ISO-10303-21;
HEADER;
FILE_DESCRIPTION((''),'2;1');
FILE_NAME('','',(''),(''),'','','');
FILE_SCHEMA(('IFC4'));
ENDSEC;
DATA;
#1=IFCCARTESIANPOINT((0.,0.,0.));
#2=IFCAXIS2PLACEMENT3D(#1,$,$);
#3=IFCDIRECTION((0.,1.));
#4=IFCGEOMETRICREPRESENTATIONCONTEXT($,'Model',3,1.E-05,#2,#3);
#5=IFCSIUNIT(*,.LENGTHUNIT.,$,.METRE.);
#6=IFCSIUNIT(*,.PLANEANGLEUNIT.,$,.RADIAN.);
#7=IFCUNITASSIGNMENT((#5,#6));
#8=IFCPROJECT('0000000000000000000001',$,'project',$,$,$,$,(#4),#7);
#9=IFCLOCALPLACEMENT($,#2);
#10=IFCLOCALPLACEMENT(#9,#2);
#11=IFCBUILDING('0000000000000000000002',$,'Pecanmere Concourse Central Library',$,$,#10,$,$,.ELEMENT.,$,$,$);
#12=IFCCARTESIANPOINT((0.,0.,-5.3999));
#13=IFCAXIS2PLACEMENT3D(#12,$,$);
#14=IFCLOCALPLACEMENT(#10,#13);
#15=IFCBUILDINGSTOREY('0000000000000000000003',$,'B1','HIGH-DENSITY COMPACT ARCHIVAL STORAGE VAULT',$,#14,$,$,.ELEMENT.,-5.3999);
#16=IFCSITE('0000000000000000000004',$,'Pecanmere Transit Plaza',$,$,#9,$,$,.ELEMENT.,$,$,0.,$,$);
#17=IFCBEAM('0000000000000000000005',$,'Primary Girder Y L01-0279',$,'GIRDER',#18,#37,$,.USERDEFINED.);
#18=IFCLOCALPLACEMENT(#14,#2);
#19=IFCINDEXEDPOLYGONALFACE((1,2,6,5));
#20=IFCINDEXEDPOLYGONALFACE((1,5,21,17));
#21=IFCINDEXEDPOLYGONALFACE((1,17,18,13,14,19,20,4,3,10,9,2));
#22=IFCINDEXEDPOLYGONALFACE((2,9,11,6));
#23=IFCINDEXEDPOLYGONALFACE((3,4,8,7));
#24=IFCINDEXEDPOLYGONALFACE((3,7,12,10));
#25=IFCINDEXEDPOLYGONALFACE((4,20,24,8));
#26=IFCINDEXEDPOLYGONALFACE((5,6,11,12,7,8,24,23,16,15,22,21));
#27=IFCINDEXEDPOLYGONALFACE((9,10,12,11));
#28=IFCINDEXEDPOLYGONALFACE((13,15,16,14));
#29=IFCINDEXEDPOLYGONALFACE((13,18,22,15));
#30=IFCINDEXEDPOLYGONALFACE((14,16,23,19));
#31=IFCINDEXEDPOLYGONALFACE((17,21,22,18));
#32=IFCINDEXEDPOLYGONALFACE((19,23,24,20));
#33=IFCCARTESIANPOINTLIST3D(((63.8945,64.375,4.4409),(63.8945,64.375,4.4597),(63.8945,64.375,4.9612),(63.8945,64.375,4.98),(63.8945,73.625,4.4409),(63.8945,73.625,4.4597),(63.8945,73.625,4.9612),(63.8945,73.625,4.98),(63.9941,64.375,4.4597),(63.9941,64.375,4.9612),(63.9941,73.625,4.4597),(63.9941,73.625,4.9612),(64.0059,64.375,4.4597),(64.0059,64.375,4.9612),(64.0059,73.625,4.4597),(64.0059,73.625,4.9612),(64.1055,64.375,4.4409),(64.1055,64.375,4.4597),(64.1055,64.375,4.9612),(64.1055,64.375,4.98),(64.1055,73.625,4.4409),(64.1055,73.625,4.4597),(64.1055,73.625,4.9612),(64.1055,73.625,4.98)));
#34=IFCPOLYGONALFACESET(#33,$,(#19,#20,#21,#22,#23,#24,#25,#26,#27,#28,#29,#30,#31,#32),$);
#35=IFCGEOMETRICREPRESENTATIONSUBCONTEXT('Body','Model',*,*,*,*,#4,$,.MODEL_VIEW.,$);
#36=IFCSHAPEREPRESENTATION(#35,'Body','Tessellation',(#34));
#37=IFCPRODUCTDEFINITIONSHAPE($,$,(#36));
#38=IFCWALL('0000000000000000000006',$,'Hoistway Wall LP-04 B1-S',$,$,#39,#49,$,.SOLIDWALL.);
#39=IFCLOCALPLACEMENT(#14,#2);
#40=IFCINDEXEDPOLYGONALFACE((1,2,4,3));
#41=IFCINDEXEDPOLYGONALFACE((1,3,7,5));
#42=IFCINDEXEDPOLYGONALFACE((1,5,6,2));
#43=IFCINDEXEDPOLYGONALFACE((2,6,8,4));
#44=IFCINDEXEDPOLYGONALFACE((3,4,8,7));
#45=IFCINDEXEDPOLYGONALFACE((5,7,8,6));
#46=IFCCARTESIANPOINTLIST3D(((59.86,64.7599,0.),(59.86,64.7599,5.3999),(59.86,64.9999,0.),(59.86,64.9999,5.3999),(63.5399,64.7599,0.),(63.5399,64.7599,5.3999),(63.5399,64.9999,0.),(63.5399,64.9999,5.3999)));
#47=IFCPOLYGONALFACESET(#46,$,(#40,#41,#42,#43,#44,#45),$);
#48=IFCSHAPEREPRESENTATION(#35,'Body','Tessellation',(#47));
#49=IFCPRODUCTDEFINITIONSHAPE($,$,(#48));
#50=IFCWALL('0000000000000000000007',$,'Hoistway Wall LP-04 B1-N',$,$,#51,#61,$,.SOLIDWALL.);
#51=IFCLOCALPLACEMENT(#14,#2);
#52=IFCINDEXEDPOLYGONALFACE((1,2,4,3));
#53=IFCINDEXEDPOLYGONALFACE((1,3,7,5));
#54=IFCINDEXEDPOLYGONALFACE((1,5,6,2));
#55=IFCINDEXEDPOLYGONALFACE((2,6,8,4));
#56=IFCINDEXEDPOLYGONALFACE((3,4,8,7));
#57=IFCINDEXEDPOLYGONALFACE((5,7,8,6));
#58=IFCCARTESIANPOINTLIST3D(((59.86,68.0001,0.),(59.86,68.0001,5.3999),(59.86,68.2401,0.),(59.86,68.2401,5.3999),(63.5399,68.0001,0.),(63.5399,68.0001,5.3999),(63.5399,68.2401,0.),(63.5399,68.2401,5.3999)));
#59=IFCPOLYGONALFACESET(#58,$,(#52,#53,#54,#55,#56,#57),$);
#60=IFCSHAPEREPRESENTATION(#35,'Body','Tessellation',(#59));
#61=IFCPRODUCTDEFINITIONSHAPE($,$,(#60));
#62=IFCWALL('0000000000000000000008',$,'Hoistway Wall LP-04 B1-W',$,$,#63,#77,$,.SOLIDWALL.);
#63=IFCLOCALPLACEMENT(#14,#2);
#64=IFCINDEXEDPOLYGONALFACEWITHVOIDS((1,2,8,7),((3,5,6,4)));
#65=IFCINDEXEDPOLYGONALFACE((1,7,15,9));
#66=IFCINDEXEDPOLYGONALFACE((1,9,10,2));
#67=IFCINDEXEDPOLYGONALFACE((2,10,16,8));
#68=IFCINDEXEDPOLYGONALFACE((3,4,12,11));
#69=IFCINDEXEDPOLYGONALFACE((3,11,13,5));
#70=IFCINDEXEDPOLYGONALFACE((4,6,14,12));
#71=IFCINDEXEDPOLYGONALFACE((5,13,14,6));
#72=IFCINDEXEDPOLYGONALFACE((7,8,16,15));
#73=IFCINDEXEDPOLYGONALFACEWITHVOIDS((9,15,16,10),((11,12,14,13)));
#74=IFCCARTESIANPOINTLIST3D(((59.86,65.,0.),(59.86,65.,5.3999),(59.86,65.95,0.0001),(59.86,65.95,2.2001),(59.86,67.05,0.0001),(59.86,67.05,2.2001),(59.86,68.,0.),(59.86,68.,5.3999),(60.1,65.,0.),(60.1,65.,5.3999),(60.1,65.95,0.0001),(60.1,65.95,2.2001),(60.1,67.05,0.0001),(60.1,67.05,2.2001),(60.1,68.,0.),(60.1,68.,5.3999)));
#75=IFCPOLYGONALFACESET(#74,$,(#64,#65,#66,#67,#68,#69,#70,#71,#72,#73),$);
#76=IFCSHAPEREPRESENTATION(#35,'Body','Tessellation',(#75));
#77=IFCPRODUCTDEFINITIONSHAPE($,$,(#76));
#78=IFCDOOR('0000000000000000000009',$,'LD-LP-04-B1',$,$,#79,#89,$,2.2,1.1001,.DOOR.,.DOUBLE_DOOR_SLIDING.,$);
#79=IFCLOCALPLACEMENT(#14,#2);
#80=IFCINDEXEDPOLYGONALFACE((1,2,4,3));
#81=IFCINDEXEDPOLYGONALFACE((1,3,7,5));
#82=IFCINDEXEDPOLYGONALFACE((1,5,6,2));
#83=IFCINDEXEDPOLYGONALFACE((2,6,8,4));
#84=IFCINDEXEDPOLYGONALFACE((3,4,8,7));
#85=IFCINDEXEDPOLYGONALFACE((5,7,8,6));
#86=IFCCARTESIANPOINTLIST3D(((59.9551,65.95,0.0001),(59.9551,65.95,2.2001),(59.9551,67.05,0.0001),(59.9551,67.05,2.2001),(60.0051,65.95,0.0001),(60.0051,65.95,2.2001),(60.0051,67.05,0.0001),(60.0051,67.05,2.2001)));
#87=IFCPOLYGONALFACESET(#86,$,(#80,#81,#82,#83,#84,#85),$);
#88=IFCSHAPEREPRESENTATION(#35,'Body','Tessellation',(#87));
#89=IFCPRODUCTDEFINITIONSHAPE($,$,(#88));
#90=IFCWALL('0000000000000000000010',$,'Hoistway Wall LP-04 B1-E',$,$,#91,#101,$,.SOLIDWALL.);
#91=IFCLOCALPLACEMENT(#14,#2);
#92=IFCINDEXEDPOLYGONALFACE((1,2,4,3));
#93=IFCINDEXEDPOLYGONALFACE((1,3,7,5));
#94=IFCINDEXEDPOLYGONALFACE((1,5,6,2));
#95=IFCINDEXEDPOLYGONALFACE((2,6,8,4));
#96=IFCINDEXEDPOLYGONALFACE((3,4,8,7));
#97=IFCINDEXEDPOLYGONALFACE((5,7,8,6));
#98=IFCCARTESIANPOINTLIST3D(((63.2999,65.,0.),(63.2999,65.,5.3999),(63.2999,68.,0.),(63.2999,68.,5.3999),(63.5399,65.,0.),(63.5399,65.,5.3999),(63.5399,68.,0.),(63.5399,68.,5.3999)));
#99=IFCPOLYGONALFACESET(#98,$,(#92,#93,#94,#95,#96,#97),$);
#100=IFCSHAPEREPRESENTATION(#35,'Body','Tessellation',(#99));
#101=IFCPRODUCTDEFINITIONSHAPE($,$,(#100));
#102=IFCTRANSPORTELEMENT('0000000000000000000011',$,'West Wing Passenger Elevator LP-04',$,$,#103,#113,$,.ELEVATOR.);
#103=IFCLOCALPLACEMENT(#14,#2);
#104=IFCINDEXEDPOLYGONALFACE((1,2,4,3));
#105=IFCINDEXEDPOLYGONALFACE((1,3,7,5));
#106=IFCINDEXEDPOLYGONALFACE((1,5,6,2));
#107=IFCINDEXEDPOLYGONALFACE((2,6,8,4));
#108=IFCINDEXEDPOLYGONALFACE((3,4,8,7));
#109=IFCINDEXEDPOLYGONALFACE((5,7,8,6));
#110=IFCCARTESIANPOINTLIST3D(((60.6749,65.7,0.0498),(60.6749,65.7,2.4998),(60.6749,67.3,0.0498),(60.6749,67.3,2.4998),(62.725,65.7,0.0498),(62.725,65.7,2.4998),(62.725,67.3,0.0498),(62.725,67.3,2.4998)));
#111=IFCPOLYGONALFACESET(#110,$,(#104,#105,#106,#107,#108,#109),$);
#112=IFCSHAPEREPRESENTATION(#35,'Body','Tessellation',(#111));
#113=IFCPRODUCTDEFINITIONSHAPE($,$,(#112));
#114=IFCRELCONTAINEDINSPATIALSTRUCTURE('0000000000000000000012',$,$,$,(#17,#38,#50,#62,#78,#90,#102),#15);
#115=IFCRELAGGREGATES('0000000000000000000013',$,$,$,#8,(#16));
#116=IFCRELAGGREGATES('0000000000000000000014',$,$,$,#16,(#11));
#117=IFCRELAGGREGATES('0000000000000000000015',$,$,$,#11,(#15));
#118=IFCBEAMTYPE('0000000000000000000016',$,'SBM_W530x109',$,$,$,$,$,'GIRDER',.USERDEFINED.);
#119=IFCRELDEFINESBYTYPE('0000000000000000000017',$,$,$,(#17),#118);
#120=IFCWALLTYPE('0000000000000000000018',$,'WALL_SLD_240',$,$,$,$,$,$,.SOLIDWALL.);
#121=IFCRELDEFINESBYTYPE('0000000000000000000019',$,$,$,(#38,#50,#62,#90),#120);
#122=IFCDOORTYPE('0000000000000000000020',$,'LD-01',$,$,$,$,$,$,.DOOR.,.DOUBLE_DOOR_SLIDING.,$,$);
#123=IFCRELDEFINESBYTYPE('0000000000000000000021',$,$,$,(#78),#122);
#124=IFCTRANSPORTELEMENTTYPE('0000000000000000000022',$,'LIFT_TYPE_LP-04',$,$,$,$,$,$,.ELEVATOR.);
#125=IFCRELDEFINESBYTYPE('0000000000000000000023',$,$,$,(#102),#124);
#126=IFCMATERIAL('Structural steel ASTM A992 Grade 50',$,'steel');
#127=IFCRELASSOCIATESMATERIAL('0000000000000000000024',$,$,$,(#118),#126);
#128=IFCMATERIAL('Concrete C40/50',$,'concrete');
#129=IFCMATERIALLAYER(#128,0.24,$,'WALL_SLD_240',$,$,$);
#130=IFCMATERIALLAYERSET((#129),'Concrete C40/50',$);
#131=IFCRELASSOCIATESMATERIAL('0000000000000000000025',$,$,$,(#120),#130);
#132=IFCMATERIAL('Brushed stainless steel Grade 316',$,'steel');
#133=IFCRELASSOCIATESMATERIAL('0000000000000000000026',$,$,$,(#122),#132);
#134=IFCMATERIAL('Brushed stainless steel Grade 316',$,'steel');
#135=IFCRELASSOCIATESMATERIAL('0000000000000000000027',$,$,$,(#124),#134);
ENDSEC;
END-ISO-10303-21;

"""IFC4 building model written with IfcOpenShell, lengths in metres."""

from ifc_helpers import new_model, si_unit, direction, frame, frame_2d, origin, origin_2d, place, context, subcontext, project, spatial, rectangle, i_section, extrude, material, layer, layer_set, material_profile, profile_set, type_object, element, fill, save


model = new_model("IFC4")

# Units and contexts
model_context = context("Model", 3, precision=1e-05, world=origin(), true_north=direction((0.0, 1.0)))
body_context = subcontext(model_context, "Body", "Model", "MODEL_VIEW")
ifc_project = project(units=[si_unit("LENGTHUNIT", "METRE"), si_unit("PLANEANGLEUNIT", "RADIAN")], contexts=[model_context])

# Site, building, storey
site_placement = place(None, origin())
site = spatial("IfcSite", under=ifc_project, at=site_placement, Name="Pecanmere Transit Plaza", CompositionType="ELEMENT", RefElevation=0.0)
building_placement = place(site_placement, origin())
building = spatial("IfcBuilding", under=site, at=building_placement, Name="Pecanmere Concourse Central Library", CompositionType="ELEMENT")
storey_placement = place(building_placement, frame((0.0, 0.0, -5.3999)))
storey = spatial("IfcBuildingStorey", under=building, at=storey_placement, Name="B1", Description="HIGH-DENSITY COMPACT ARCHIVAL STORAGE VAULT", CompositionType="ELEMENT", Elevation=-5.3999)

# Beam
ifc_material_1 = material(Name="Structural steel ASTM A992 Grade 50", Category="steel")
ifc_material_profile_1 = material_profile(ifc_material_1, i_section(OverallWidth=0.2109, OverallDepth=0.5391, WebThickness=0.0117, FlangeThickness=0.0188, at=origin_2d()), Name="W530x109")
ifc_profile_set_1 = profile_set([ifc_material_profile_1], Name="Structural steel ASTM A992 Grade 50")
beam_type_1 = type_object("IfcBeamType", Name="SBM_W530x109", ElementType="GIRDER", PredefinedType="USERDEFINED", material=ifc_profile_set_1)
for number, where, z_axis, x_axis, name in (
    (1, (64.0, 64.375, 4.7104), (0.0, 1.0, 0.0), (-1.0, 0.0, 0.0), "Primary Girder Y L01-0279"),
):
    element("IfcBeam", number, at=place(storey_placement, frame(where, z_axis=z_axis, x_axis=x_axis)), inside=storey, type_object=beam_type_1, Name=name, ObjectType="GIRDER", PredefinedType="USERDEFINED", context=body_context, shape_type="SweptSolid", body=[
        extrude(i_section(OverallWidth=0.2109, OverallDepth=0.5391, WebThickness=0.0117, FlangeThickness=0.0188, at=origin_2d()), origin(), (0.0, 0.0, 1.0), 9.25),
    ])

# Walls
ifc_material_2 = material(Name="Concrete C40/50", Category="concrete")
ifc_layer = layer(ifc_material_2, 0.24, Name="WALL_SLD_240")
ifc_layer_set = layer_set([ifc_layer], Name="Concrete C40/50")
wall_type = type_object("IfcWallType", Name="WALL_SLD_240", PredefinedType="SOLIDWALL", material=ifc_layer_set)
for number, where, z_axis, x_axis, name in (
    (2, (59.8601, 64.8799, 0.0), (0.0, 0.0, 1.0), (1.0, 0.0, 0.0), "Hoistway Wall LP-04 B1-S"),
    (3, (59.8601, 68.1201, 0.0), (0.0, 0.0, 1.0), (1.0, 0.0, 0.0), "Hoistway Wall LP-04 B1-N"),
):
    element("IfcWall", number, at=place(storey_placement, frame(where, z_axis=z_axis, x_axis=x_axis)), inside=storey, type_object=wall_type, Name=name, PredefinedType="SOLIDWALL", context=body_context, shape_type="SweptSolid", body=[
        extrude(rectangle(XDim=3.6799, YDim=0.24, at=frame_2d((1.8398, 0.0))), origin(), (0.0, 0.0, 1.0), 5.3999),
    ])

# Wall, opening, door
wall_1_placement = place(storey_placement, frame((59.98, 65.0, 0.0), z_axis=(0.0, 0.0, 1.0), x_axis=(0.0, 1.0, 0.0)))
wall_1 = element("IfcWall", 4, at=wall_1_placement, inside=storey, type_object=wall_type, Name="Hoistway Wall LP-04 B1-W", PredefinedType="SOLIDWALL", context=body_context, shape_type="SweptSolid", body=[
    extrude(rectangle(XDim=3.0, YDim=0.24, at=frame_2d((1.5, 0.0))), origin(), (0.0, 0.0, 1.0), 5.3999),
])
opening_placement = place(wall_1_placement, frame((0.95, 0.0, 0.0)))
opening = element("IfcOpeningElement", 5, at=opening_placement, cuts=wall_1, PredefinedType="OPENING", context=body_context, shape_type="SweptSolid", body=[
    extrude(rectangle(XDim=1.1001, YDim=2.2, at=frame_2d((0.55, 1.1001))), frame((0.0, 0.1318, 0.0), z_axis=(0.0, -1.0, 0.0), x_axis=(1.0, 0.0, 0.0)), (0.0, 0.0, 1.0), 0.2639),
])
ifc_material_3 = material(Name="Brushed stainless steel Grade 316", Category="steel")
door_type = type_object("IfcDoorType", Name="LD-01", OperationType="DOUBLE_DOOR_SLIDING", PredefinedType="DOOR", material=ifc_material_3)
door_placement = place(opening_placement, origin())
door = element("IfcDoor", 6, at=door_placement, inside=storey, type_object=door_type, Name="LD-LP-04-B1", OperationType="DOUBLE_DOOR_SLIDING", OverallHeight=2.2, OverallWidth=1.1001, PredefinedType="DOOR", context=body_context, shape_type="SweptSolid", body=[
    extrude(rectangle(XDim=1.1001, YDim=2.2, at=frame_2d((0.55, 1.1001))), frame((0.0, 0.0249, 0.0), z_axis=(0.0, -1.0, 0.0), x_axis=(1.0, 0.0, 0.0)), (0.0, 0.0, 1.0), 0.05),
])
fill(opening, door)

# Wall
wall_2_placement = place(storey_placement, frame((63.4199, 65.0, 0.0), z_axis=(0.0, 0.0, 1.0), x_axis=(0.0, 1.0, 0.0)))
element("IfcWall", 7, at=wall_2_placement, inside=storey, type_object=wall_type, Name="Hoistway Wall LP-04 B1-E", PredefinedType="SOLIDWALL", context=body_context, shape_type="SweptSolid", body=[
    extrude(rectangle(XDim=3.0, YDim=0.24, at=frame_2d((1.5, 0.0))), origin(), (0.0, 0.0, 1.0), 5.3999),
])

# Transport element
ifc_material_4 = material(Name="Brushed stainless steel Grade 316", Category="steel")
transport_element_type = type_object("IfcTransportElementType", Name="LIFT_TYPE_LP-04", PredefinedType="ELEVATOR", material=ifc_material_4)
transport_element_placement = place(storey_placement, frame((61.7, 66.5, 0.0498), z_axis=(0.0, 0.0, 1.0), x_axis=(1.0, 0.0, 0.0)))
element("IfcTransportElement", 8, at=transport_element_placement, inside=storey, type_object=transport_element_type, Name="West Wing Passenger Elevator LP-04", PredefinedType="ELEVATOR", context=body_context, shape_type="SweptSolid", body=[
    extrude(rectangle(XDim=2.05, YDim=1.6001, at=origin_2d()), origin(), (0.0, 0.0, 1.0), 2.45),
])

save(model, "model.ifc")
